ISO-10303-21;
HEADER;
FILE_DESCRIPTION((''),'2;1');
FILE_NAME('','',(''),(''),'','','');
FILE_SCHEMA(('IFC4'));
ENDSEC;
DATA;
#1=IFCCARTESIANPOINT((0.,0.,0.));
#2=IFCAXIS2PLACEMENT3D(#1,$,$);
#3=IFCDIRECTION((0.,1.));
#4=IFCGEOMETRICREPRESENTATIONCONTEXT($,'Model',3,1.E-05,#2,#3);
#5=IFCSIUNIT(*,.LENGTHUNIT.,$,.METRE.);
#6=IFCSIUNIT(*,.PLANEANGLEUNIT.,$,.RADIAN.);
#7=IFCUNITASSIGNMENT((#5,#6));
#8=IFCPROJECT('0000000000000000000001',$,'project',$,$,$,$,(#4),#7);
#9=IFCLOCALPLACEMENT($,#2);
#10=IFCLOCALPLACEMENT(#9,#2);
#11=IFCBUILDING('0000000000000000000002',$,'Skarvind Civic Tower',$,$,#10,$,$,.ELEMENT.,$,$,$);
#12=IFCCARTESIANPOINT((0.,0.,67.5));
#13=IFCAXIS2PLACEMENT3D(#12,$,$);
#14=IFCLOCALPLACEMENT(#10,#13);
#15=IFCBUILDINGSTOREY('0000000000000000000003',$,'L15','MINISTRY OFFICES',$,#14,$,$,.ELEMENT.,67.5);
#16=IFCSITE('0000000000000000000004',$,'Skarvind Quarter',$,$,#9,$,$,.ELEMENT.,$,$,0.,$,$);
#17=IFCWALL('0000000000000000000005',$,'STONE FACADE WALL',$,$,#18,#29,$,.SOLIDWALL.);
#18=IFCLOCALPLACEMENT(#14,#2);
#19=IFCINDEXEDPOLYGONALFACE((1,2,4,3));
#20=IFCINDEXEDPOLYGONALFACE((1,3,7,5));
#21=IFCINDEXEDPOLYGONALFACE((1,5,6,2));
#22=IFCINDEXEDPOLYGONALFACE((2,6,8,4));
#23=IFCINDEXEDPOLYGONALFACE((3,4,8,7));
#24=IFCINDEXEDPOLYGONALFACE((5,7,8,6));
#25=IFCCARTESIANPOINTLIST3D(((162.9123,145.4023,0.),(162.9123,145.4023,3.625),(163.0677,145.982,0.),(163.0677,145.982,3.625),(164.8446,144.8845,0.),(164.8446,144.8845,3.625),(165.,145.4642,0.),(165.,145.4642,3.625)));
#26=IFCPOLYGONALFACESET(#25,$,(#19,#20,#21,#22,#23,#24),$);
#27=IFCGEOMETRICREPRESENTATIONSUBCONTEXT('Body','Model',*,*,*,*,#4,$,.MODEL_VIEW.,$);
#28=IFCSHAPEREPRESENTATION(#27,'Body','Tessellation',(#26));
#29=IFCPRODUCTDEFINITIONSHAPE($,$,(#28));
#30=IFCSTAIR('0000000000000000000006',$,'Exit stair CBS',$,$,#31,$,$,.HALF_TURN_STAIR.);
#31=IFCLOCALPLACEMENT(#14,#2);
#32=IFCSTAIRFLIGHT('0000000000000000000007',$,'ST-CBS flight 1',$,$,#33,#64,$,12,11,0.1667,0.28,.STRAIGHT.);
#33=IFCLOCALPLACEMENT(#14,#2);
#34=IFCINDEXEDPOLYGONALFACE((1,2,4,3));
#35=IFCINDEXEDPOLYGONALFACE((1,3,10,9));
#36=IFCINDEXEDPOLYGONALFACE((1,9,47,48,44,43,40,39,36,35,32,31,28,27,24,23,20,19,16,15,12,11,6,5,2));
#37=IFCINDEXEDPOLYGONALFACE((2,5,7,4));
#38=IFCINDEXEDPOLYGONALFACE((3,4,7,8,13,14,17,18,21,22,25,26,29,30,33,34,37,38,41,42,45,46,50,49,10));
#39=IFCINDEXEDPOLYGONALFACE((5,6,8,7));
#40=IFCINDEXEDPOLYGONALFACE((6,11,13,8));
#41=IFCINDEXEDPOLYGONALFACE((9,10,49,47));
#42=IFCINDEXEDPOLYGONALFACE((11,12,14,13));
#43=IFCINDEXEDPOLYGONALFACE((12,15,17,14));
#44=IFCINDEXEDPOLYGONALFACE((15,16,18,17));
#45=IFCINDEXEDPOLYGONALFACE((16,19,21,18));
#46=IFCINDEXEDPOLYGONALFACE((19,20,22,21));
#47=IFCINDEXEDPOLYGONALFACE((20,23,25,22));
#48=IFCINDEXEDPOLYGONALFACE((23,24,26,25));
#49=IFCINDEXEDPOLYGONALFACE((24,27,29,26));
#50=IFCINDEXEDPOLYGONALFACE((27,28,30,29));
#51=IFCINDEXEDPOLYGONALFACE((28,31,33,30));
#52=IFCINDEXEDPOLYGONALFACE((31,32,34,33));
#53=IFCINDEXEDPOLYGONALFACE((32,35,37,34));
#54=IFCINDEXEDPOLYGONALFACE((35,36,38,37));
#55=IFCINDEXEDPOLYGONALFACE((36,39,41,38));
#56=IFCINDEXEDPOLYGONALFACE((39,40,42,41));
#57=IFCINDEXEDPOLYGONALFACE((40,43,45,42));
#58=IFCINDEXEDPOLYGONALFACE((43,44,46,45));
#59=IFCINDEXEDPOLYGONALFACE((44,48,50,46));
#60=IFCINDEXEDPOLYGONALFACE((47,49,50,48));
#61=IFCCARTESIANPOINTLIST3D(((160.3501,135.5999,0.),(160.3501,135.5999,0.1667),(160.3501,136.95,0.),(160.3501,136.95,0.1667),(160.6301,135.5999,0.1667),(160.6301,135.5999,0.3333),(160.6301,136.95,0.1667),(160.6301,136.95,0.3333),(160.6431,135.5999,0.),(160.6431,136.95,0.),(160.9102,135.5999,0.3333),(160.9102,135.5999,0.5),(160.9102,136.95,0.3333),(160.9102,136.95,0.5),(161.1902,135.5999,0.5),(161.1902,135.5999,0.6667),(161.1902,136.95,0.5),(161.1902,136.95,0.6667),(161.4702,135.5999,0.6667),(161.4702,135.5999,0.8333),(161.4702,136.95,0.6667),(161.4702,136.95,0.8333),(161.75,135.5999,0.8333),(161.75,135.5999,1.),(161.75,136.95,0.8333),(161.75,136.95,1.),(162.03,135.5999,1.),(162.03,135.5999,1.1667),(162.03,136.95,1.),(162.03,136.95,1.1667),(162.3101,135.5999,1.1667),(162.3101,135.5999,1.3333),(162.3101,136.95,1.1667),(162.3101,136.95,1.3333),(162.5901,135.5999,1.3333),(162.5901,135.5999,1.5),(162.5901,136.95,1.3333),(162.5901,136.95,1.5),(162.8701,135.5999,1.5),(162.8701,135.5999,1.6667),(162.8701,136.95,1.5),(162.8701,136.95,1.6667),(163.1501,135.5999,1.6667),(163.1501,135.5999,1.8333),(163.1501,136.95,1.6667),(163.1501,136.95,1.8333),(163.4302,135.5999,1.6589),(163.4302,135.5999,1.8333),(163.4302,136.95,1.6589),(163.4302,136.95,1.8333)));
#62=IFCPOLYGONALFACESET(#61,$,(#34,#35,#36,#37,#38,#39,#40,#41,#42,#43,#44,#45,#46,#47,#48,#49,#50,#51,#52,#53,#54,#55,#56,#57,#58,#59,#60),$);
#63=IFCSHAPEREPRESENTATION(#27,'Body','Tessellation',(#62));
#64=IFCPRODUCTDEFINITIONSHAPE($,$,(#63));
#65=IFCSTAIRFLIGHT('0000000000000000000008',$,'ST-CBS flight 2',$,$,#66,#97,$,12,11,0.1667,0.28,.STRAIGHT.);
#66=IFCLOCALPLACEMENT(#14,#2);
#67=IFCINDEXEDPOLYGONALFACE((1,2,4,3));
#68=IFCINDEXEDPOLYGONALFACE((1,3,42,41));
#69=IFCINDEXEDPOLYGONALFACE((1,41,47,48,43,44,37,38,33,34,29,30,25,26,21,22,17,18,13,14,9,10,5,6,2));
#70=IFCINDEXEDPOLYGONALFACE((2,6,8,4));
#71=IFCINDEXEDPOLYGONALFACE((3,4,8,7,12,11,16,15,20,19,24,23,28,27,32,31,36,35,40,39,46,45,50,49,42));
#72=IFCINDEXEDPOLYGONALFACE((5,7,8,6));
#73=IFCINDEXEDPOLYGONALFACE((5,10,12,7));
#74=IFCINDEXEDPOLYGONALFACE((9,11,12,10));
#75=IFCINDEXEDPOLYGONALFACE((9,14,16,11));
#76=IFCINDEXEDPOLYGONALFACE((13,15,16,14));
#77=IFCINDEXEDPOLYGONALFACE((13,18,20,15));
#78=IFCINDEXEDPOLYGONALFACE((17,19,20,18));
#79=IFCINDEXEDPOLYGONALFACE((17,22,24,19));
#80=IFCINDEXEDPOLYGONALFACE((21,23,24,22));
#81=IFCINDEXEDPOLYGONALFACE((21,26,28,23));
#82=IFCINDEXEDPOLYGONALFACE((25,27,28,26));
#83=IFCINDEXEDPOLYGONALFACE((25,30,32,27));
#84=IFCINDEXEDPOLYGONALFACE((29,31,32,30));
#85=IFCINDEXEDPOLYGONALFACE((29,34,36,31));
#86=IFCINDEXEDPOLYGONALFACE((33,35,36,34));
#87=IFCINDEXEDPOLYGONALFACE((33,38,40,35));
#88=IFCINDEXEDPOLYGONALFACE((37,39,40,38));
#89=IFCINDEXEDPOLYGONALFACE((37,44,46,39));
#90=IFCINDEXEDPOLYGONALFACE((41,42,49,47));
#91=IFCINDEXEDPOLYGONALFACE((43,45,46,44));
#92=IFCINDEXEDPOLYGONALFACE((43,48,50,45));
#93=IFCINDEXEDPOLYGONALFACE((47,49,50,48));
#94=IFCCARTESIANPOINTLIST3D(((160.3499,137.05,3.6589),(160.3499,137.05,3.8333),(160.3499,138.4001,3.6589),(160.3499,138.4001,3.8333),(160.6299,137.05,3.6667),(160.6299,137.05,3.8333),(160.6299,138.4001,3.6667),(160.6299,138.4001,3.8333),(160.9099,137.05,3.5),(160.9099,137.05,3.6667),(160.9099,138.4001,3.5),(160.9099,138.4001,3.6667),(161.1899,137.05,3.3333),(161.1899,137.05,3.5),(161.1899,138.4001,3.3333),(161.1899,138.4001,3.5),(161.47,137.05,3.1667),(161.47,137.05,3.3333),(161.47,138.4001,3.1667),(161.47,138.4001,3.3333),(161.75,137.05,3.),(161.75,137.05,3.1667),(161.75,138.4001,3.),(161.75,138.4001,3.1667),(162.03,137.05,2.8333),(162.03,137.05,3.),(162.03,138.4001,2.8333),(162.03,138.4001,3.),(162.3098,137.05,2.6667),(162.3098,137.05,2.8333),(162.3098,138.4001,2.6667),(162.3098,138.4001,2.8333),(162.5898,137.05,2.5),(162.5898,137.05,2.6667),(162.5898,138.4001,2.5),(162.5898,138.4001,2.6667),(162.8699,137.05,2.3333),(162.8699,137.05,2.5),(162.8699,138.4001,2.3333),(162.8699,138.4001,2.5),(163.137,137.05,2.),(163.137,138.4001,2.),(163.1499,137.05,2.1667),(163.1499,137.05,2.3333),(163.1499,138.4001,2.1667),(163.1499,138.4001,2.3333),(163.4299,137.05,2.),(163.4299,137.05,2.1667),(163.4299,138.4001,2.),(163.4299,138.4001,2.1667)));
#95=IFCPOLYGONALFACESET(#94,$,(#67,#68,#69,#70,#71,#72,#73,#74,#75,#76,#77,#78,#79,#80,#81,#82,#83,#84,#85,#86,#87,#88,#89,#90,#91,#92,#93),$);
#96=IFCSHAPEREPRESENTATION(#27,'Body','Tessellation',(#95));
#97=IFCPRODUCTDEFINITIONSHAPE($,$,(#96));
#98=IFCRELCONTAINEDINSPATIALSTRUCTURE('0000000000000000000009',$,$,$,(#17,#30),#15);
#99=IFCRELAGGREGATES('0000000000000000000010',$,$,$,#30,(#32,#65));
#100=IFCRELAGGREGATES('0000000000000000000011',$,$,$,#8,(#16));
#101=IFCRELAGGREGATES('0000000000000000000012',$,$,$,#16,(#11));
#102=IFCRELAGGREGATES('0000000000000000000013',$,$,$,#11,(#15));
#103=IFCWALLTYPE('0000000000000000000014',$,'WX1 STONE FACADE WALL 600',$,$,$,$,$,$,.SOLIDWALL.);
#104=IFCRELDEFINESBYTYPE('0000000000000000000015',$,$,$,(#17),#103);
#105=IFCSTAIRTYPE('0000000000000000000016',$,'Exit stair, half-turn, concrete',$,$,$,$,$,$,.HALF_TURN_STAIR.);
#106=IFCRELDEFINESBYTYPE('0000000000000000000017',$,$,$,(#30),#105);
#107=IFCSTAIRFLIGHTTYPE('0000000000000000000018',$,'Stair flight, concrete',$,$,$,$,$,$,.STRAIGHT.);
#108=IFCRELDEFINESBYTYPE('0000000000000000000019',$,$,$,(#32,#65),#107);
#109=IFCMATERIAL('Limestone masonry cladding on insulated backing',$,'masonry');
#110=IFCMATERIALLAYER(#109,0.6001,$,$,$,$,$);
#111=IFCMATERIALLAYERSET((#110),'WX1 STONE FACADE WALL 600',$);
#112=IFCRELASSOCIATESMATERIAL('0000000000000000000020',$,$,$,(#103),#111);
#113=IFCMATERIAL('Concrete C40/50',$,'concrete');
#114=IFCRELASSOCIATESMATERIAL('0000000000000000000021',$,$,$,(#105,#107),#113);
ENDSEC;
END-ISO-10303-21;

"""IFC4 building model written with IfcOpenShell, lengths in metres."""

from ifc_helpers import new_model, si_unit, direction, frame, frame_2d, origin, place, context, subcontext, project, spatial, polyline, rectangle, outline, extrude, material, layer, layer_set, type_object, element, aggregate, save


model = new_model("IFC4")

# Units and contexts
model_context = context("Model", 3, precision=1e-05, world=origin(), true_north=direction((0.0, 1.0)))
body_context = subcontext(model_context, "Body", "Model", "MODEL_VIEW")
ifc_project = project(units=[si_unit("LENGTHUNIT", "METRE"), si_unit("PLANEANGLEUNIT", "RADIAN")], contexts=[model_context])

# Site, building, storey
site_placement = place(None, origin())
site = spatial("IfcSite", under=ifc_project, at=site_placement, Name="Skarvind Quarter", CompositionType="ELEMENT", RefElevation=0.0)
building_placement = place(site_placement, origin())
building = spatial("IfcBuilding", under=site, at=building_placement, Name="Skarvind Civic Tower", CompositionType="ELEMENT")
storey_placement = place(building_placement, frame((0.0, 0.0, 67.5)))
storey = spatial("IfcBuildingStorey", under=building, at=storey_placement, Name="L15", Description="MINISTRY OFFICES", CompositionType="ELEMENT", Elevation=67.5)

# Wall
ifc_material_1 = material(Name="Limestone masonry cladding on insulated backing", Category="masonry")
ifc_layer_1 = layer(ifc_material_1, 0.6001)
ifc_layer_set_1 = layer_set([ifc_layer_1], Name="WX1 STONE FACADE WALL 600")
wall_type_1 = type_object("IfcWallType", Name="WX1 STONE FACADE WALL 600", PredefinedType="SOLIDWALL", material=ifc_layer_set_1)
wall_1_placement = place(storey_placement, frame((162.99, 145.6921, 0.0), z_axis=(0.0, 0.0, 1.0), x_axis=(0.96592, -0.25884, 0.0)))
element("IfcWall", 1, at=wall_1_placement, inside=storey, type_object=wall_type_1, Name="STONE FACADE WALL", PredefinedType="SOLIDWALL", context=body_context, shape_type="SweptSolid", body=[
    extrude(rectangle(XDim=2.0005, YDim=0.6001, at=frame_2d((1.0002, 0.0))), origin(), (0.0, 0.0, 1.0), 3.625),
])

# Stair, stair flights
ifc_material_2 = material(Name="Concrete C40/50", Category="concrete")
stair_type = type_object("IfcStairType", Name="Exit stair, half-turn, concrete", PredefinedType="HALF_TURN_STAIR", material=ifc_material_2)
stair_placement = place(storey_placement, origin())
stair = element("IfcStair", 2, at=stair_placement, inside=storey, type_object=stair_type, Name="Exit stair CBS", PredefinedType="HALF_TURN_STAIR")
stair_flight_type = type_object("IfcStairFlightType", Name="Stair flight, concrete", PredefinedType="STRAIGHT", material=ifc_material_2)
stair_flight_1_placement = place(storey_placement, frame((160.3501, 136.2749, 0.0), z_axis=(0.0, 0.0, 1.0), x_axis=(1.0, 0.0, 0.0)))
stair_flight_1 = element("IfcStairFlight", 3, at=stair_flight_1_placement, type_object=stair_flight_type, Name="ST-CBS flight 1", NumberOfRisers=12, NumberOfTreads=11, PredefinedType="STRAIGHT", RiserHeight=0.1667, TreadLength=0.28, context=body_context, shape_type="SweptSolid", body=[
    extrude(outline(polyline([(0.0, 0.0), (0.0, 0.1667), (0.28, 0.1667), (0.28, 0.3333), (0.5601, 0.3333), (0.5601, 0.5), (0.8401, 0.5), (0.8401, 0.6667), (1.1201, 0.6667), (1.1201, 0.8333), (1.3999, 0.8333), (1.3999, 1.0), (1.6799, 1.0), (1.6799, 1.1667), (1.96, 1.1667), (1.96, 1.3333), (2.24, 1.3333), (2.24, 1.5), (2.52, 1.5), (2.52, 1.6667), (2.8, 1.6667), (2.8, 1.8333), (3.0801, 1.8333), (3.0801, 2.0), (3.0801, 1.6589), (0.293, 0.0), (0.0, 0.0)])), frame((0.0, 0.675, 0.0), z_axis=(0.0, -1.0, 0.0), x_axis=(1.0, 0.0, 0.0)), (0.0, 0.0, 1.0), 1.3501),
])
stair_flight_2_placement = place(storey_placement, frame((163.4299, 137.7251, 2.0), z_axis=(0.0, 0.0, 1.0), x_axis=(-1.0, 0.0, 0.0)))
stair_flight_2 = element("IfcStairFlight", 4, at=stair_flight_2_placement, type_object=stair_flight_type, Name="ST-CBS flight 2", NumberOfRisers=12, NumberOfTreads=11, PredefinedType="STRAIGHT", RiserHeight=0.1667, TreadLength=0.28, context=body_context, shape_type="SweptSolid", body=[
    extrude(outline(polyline([(0.0, 0.0), (0.0, 0.1667), (0.28, 0.1667), (0.28, 0.3333), (0.5601, 0.3333), (0.5601, 0.5), (0.8401, 0.5), (0.8401, 0.6667), (1.1201, 0.6667), (1.1201, 0.8333), (1.3999, 0.8333), (1.3999, 1.0), (1.6799, 1.0), (1.6799, 1.1667), (1.96, 1.1667), (1.96, 1.3333), (2.24, 1.3333), (2.24, 1.5), (2.52, 1.5), (2.52, 1.6667), (2.8, 1.6667), (2.8, 1.8333), (3.0801, 1.8333), (3.0801, 2.0), (3.0801, 1.6589), (0.293, 0.0), (0.0, 0.0)])), frame((0.0, 0.675, 0.0), z_axis=(0.0, -1.0, 0.0), x_axis=(1.0, 0.0, 0.0)), (0.0, 0.0, 1.0), 1.3501),
])
aggregate(stair, [stair_flight_1, stair_flight_2])

save(model, "model.ifc")
